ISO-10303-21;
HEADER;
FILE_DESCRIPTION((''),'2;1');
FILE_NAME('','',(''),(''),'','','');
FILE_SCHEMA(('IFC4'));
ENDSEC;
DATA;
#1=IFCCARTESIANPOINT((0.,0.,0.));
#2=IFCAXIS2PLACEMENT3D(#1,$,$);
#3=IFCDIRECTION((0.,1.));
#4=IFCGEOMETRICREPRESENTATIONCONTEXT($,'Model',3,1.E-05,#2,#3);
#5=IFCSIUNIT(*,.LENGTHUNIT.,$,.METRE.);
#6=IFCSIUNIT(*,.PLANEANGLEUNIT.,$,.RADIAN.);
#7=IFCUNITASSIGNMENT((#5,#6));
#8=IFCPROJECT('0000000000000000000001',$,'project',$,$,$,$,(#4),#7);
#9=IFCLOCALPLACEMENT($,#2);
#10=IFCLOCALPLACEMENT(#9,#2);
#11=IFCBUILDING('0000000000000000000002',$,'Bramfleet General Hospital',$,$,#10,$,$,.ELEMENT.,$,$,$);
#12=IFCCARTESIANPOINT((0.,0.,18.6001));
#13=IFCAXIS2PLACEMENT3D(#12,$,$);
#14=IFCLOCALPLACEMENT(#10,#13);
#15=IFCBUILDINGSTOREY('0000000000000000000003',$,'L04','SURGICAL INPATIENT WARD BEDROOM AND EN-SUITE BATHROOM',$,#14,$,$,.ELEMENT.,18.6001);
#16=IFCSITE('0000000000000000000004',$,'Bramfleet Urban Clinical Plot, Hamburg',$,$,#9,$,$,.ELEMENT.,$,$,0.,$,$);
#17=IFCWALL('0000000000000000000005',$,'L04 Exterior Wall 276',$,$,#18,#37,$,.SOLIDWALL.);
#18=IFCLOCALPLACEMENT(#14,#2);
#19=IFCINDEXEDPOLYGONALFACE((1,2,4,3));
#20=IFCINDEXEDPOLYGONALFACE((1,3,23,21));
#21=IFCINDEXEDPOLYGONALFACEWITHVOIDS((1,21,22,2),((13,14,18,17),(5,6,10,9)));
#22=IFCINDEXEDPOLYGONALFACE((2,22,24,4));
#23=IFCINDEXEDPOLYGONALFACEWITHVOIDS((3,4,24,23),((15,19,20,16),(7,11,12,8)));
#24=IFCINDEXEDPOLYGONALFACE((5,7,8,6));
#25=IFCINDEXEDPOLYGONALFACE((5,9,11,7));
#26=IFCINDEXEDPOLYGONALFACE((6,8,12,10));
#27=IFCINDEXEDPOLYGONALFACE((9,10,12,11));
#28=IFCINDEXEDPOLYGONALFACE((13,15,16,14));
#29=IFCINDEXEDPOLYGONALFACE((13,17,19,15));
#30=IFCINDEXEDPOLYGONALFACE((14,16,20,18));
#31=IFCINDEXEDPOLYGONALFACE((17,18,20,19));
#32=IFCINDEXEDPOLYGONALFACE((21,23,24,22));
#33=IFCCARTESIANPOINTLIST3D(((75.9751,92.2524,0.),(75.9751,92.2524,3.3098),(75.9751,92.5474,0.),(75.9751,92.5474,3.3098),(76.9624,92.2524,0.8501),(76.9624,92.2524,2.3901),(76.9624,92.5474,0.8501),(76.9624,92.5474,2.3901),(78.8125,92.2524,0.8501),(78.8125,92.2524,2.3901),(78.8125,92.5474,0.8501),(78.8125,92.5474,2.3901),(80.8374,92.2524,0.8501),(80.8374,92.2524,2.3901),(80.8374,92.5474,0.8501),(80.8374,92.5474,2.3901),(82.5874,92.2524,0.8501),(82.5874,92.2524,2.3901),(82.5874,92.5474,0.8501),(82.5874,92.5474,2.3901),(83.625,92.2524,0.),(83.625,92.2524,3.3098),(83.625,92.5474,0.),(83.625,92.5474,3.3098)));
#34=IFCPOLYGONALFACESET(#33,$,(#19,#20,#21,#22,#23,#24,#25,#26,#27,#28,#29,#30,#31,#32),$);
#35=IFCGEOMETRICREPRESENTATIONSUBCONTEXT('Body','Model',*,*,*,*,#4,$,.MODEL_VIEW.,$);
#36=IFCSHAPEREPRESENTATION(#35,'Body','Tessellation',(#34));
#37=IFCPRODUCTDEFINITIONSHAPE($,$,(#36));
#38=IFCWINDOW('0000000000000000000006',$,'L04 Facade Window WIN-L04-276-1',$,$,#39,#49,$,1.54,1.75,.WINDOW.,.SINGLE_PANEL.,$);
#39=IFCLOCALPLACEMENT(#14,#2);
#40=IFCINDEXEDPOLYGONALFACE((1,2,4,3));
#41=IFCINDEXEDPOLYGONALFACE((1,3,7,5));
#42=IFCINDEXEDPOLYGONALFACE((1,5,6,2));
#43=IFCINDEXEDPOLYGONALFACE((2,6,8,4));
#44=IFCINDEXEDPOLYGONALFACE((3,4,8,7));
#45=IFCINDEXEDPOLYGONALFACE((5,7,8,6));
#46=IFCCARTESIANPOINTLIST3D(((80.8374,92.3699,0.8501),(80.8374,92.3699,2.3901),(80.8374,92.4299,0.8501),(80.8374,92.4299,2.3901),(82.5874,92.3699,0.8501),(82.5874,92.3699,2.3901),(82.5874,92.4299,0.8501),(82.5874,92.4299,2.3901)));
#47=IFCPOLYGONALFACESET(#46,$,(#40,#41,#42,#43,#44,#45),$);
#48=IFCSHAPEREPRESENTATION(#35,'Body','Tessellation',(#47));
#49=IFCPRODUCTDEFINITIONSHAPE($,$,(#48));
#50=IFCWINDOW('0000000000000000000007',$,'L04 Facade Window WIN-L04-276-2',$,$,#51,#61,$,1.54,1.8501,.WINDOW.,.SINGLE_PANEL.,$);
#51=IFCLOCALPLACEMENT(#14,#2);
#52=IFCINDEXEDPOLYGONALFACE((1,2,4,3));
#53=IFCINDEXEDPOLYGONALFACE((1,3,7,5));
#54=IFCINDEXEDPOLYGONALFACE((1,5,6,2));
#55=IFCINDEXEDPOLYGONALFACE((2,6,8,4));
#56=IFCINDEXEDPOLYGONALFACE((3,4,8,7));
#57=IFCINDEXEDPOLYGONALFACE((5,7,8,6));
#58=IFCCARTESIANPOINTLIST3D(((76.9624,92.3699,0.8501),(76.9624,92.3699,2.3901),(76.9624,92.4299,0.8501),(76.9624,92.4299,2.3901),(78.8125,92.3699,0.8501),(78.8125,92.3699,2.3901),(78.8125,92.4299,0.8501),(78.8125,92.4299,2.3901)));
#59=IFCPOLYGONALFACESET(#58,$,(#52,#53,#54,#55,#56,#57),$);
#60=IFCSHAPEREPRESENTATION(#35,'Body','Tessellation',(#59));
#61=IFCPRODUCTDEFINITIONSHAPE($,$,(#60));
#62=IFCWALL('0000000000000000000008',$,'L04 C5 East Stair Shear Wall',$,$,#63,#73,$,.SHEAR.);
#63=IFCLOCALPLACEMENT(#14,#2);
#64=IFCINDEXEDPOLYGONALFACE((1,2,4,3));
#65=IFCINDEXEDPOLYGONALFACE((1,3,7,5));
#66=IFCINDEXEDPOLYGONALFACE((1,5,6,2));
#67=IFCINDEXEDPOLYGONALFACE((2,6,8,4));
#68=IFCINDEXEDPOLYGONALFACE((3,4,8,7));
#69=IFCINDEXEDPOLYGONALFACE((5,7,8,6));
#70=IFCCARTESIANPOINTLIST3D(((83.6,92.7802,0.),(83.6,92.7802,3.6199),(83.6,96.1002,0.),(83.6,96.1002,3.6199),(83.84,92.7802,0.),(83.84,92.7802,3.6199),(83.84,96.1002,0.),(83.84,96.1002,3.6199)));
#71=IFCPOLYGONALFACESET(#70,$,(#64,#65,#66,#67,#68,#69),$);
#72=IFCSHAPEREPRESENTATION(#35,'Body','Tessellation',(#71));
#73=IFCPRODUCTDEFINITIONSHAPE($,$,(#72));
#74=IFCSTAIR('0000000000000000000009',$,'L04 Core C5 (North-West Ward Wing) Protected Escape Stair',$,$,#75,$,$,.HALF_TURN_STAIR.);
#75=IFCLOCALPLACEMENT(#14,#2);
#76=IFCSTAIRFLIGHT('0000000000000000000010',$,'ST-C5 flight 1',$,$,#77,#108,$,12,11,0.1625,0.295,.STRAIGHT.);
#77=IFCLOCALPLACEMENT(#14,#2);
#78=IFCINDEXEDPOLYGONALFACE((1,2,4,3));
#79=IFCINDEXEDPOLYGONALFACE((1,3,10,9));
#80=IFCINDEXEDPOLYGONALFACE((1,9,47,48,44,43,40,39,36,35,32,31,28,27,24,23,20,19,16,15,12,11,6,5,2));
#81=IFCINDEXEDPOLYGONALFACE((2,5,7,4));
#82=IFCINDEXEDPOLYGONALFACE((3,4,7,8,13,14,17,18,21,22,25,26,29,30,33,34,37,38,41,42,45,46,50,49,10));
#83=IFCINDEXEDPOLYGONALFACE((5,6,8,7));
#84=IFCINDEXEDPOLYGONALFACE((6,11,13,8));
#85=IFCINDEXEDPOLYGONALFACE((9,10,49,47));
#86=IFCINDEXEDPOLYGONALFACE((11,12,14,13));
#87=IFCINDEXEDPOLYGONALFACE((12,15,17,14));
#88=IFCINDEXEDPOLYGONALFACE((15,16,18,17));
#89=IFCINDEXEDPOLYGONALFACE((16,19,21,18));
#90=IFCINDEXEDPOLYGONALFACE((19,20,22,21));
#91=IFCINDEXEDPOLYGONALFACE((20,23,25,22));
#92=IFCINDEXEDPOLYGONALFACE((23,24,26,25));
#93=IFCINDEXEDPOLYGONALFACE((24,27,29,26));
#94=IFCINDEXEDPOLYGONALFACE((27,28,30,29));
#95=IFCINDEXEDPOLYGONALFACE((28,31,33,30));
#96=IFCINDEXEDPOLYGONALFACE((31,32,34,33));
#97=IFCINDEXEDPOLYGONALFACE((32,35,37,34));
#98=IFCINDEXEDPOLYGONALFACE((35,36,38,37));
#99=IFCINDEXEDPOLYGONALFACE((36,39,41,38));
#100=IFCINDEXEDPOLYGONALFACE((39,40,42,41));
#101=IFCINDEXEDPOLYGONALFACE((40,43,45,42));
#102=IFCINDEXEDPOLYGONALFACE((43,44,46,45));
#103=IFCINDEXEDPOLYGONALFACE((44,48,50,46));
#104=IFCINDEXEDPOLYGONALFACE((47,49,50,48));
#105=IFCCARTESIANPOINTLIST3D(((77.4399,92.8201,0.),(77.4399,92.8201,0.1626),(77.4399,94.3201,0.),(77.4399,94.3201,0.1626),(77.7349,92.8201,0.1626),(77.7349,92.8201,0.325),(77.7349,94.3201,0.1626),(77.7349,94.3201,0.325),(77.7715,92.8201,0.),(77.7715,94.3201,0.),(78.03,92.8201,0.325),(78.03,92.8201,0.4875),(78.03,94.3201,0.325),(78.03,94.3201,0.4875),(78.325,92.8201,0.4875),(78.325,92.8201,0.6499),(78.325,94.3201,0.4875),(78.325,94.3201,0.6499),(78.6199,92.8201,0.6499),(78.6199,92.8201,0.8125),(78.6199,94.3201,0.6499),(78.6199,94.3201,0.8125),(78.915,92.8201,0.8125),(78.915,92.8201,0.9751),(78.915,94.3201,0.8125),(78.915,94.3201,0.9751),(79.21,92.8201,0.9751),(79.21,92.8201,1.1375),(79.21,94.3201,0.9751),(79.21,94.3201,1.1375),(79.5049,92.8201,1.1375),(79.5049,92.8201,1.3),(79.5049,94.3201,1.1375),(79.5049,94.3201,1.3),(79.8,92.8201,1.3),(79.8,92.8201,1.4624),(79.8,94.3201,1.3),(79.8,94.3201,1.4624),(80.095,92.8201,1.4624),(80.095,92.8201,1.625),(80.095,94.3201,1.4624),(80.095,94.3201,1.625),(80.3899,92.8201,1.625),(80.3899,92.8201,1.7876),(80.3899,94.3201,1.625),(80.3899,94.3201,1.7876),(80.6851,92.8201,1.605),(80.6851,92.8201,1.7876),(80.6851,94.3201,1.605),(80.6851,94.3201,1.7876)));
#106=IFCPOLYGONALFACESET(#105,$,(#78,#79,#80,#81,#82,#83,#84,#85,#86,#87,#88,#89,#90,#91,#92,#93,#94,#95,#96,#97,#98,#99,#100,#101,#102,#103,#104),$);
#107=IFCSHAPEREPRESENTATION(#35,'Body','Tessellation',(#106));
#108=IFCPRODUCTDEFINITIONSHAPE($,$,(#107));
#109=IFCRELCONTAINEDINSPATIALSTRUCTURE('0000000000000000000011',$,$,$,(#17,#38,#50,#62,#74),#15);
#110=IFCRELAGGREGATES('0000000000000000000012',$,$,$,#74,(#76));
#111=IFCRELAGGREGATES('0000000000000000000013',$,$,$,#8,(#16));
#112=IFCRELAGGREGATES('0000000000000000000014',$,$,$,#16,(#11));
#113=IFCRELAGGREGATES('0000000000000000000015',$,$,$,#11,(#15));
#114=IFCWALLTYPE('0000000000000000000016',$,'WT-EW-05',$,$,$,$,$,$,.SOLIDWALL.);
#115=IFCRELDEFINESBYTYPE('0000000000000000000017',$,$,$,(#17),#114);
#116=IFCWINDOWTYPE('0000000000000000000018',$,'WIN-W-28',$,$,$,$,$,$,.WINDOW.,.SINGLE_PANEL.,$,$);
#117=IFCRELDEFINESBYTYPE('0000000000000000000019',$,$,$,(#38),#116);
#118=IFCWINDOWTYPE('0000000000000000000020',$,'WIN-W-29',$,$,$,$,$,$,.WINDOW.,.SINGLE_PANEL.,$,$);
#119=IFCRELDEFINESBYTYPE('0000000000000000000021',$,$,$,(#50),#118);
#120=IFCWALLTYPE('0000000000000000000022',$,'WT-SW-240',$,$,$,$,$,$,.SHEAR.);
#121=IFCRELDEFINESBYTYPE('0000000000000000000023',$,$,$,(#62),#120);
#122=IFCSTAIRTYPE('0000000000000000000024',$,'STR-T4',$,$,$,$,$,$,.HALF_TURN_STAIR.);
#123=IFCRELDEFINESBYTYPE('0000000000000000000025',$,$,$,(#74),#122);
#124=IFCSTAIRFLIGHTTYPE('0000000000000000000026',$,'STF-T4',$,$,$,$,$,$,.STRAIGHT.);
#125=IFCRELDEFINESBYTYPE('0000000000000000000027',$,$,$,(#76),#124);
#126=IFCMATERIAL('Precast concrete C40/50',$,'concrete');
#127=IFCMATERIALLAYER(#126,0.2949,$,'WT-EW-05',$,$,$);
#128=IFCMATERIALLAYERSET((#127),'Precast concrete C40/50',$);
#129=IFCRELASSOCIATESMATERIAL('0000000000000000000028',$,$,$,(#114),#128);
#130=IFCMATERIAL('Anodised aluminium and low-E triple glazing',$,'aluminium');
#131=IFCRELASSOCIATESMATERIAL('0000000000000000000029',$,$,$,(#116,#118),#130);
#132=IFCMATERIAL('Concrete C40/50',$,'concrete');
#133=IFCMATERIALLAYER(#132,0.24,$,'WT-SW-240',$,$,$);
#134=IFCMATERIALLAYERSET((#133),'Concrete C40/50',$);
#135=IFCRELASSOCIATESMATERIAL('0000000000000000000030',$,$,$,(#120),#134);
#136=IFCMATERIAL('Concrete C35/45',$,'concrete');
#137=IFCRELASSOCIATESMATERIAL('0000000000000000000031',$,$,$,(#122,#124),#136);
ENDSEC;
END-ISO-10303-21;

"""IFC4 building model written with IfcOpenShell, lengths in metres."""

from ifc_helpers import new_model, si_unit, direction, frame, frame_2d, origin, place, context, subcontext, project, spatial, polyline, rectangle, outline, extrude, material, layer, layer_set, type_object, element, fill, aggregate, save


model = new_model("IFC4")

# Units and contexts
model_context = context("Model", 3, precision=1e-05, world=origin(), true_north=direction((0.0, 1.0)))
body_context = subcontext(model_context, "Body", "Model", "MODEL_VIEW")
ifc_project = project(units=[si_unit("LENGTHUNIT", "METRE"), si_unit("PLANEANGLEUNIT", "RADIAN")], contexts=[model_context])

# Site, building, storey
site_placement = place(None, origin())
site = spatial("IfcSite", under=ifc_project, at=site_placement, Name="Bramfleet Urban Clinical Plot, Hamburg", CompositionType="ELEMENT", RefElevation=0.0)
building_placement = place(site_placement, origin())
building = spatial("IfcBuilding", under=site, at=building_placement, Name="Bramfleet General Hospital", CompositionType="ELEMENT")
storey_placement = place(building_placement, frame((0.0, 0.0, 18.6001)))
storey = spatial("IfcBuildingStorey", under=building, at=storey_placement, Name="L04", Description="SURGICAL INPATIENT WARD BEDROOM AND EN-SUITE BATHROOM", CompositionType="ELEMENT", Elevation=18.6001)

# Shared definitions
ifc_material_1 = material(Name="Concrete C40/50", Category="concrete")

# Shared definitions
ifc_material_2 = material(Name="Concrete C35/45", Category="concrete")

# Shared definitions
ifc_material_3 = material(Name="Anodised aluminium and low-E triple glazing", Category="aluminium")

# Wall, openings, windows
ifc_material_4 = material(Name="Precast concrete C40/50", Category="concrete")
ifc_layer_1 = layer(ifc_material_4, 0.2949, Name="WT-EW-05")
ifc_layer_set_1 = layer_set([ifc_layer_1], Name="Precast concrete C40/50")
wall_type_1 = type_object("IfcWallType", Name="WT-EW-05", PredefinedType="SOLIDWALL", material=ifc_layer_set_1)
wall_1_placement = place(storey_placement, frame((83.625, 92.3999, 0.0), z_axis=(0.0, 0.0, 1.0), x_axis=(-1.0, 0.0, 0.0)))
wall_1 = element("IfcWall", 1, at=wall_1_placement, inside=storey, type_object=wall_type_1, Name="L04 Exterior Wall 276", PredefinedType="SOLIDWALL", context=body_context, shape_type="SweptSolid", body=[
    extrude(rectangle(XDim=7.6499, YDim=0.2949, at=frame_2d((3.825, 0.0))), origin(), (0.0, 0.0, 1.0), 3.3098),
])
opening_1_placement = place(wall_1_placement, frame((1.0376, 0.0, 0.8501)))
opening_1 = element("IfcOpeningElement", 2, at=opening_1_placement, cuts=wall_1, PredefinedType="OPENING", context=body_context, shape_type="SweptSolid", body=[
    extrude(rectangle(XDim=1.75, YDim=1.54, at=frame_2d((0.875, 0.77))), frame((0.0, 0.1575, 0.0), z_axis=(0.0, -1.0, 0.0), x_axis=(1.0, 0.0, 0.0)), (0.0, 0.0, 1.0), 0.3149),
])
opening_2_placement = place(wall_1_placement, frame((4.8125, 0.0, 0.8501)))
opening_2 = element("IfcOpeningElement", 3, at=opening_2_placement, cuts=wall_1, PredefinedType="OPENING", context=body_context, shape_type="SweptSolid", body=[
    extrude(rectangle(XDim=1.8501, YDim=1.54, at=frame_2d((0.925, 0.77))), frame((0.0, 0.1575, 0.0), z_axis=(0.0, -1.0, 0.0), x_axis=(1.0, 0.0, 0.0)), (0.0, 0.0, 1.0), 0.3149),
])
window_type_1 = type_object("IfcWindowType", Name="WIN-W-28", PartitioningType="SINGLE_PANEL", PredefinedType="WINDOW", material=ifc_material_3)
window_1_placement = place(opening_1_placement, origin())
window_1 = element("IfcWindow", 4, at=window_1_placement, inside=storey, type_object=window_type_1, Name="L04 Facade Window WIN-L04-276-1", OverallHeight=1.54, OverallWidth=1.75, PartitioningType="SINGLE_PANEL", PredefinedType="WINDOW", context=body_context, shape_type="SweptSolid", body=[
    extrude(rectangle(XDim=1.75, YDim=1.54, at=frame_2d((0.875, 0.77))), frame((0.0, 0.03, 0.0), z_axis=(0.0, -1.0, 0.0), x_axis=(1.0, 0.0, 0.0)), (0.0, 0.0, 1.0), 0.0601),
])
fill(opening_1, window_1)
window_type_2 = type_object("IfcWindowType", Name="WIN-W-29", PartitioningType="SINGLE_PANEL", PredefinedType="WINDOW", material=ifc_material_3)
window_2_placement = place(opening_2_placement, origin())
window_2 = element("IfcWindow", 5, at=window_2_placement, inside=storey, type_object=window_type_2, Name="L04 Facade Window WIN-L04-276-2", OverallHeight=1.54, OverallWidth=1.8501, PartitioningType="SINGLE_PANEL", PredefinedType="WINDOW", context=body_context, shape_type="SweptSolid", body=[
    extrude(rectangle(XDim=1.8501, YDim=1.54, at=frame_2d((0.925, 0.77))), frame((0.0, 0.03, 0.0), z_axis=(0.0, -1.0, 0.0), x_axis=(1.0, 0.0, 0.0)), (0.0, 0.0, 1.0), 0.0601),
])
fill(opening_2, window_2)

# Wall
ifc_layer_2 = layer(ifc_material_1, 0.24, Name="WT-SW-240")
ifc_layer_set_2 = layer_set([ifc_layer_2], Name="Concrete C40/50")
wall_type_2 = type_object("IfcWallType", Name="WT-SW-240", PredefinedType="SHEAR", material=ifc_layer_set_2)
wall_2_placement = place(storey_placement, frame((83.72, 92.78, 0.0), z_axis=(0.0, 0.0, 1.0), x_axis=(0.0, 1.0, 0.0)))
element("IfcWall", 6, at=wall_2_placement, inside=storey, type_object=wall_type_2, Name="L04 C5 East Stair Shear Wall", PredefinedType="SHEAR", context=body_context, shape_type="SweptSolid", body=[
    extrude(rectangle(XDim=3.3201, YDim=0.24, at=frame_2d((1.6602, 0.0))), origin(), (0.0, 0.0, 1.0), 3.6199),
])

# Stair, stair flight
stair_type = type_object("IfcStairType", Name="STR-T4", PredefinedType="HALF_TURN_STAIR", material=ifc_material_2)
stair_placement = place(storey_placement, origin())
stair = element("IfcStair", 7, at=stair_placement, inside=storey, type_object=stair_type, Name="L04 Core C5 (North-West Ward Wing) Protected Escape Stair", PredefinedType="HALF_TURN_STAIR")
stair_flight_type = type_object("IfcStairFlightType", Name="STF-T4", PredefinedType="STRAIGHT", material=ifc_material_2)
stair_flight_placement = place(storey_placement, frame((77.4399, 93.5701, 0.0), z_axis=(0.0, 0.0, 1.0), x_axis=(1.0, 0.0, 0.0)))
stair_flight = element("IfcStairFlight", 8, at=stair_flight_placement, type_object=stair_flight_type, Name="ST-C5 flight 1", NumberOfRisers=12, NumberOfTreads=11, PredefinedType="STRAIGHT", RiserHeight=0.1625, TreadLength=0.295, context=body_context, shape_type="SweptSolid", body=[
    extrude(outline(polyline([(0.0, 0.0), (0.0, 0.1626), (0.2949, 0.1626), (0.2949, 0.325), (0.5901, 0.325), (0.5901, 0.4875), (0.885, 0.4875), (0.885, 0.6499), (1.1799, 0.6499), (1.1799, 0.8125), (1.4751, 0.8125), (1.4751, 0.9751), (1.77, 0.9751), (1.77, 1.1375), (2.0649, 1.1375), (2.0649, 1.3), (2.3601, 1.3), (2.3601, 1.4624), (2.655, 1.4624), (2.655, 1.625), (2.95, 1.625), (2.95, 1.7876), (3.2451, 1.7876), (3.2451, 1.95), (3.2451, 1.605), (0.3315, 0.0), (0.0, 0.0)])), frame((0.0, 0.75, 0.0), z_axis=(0.0, -1.0, 0.0), x_axis=(1.0, 0.0, 0.0)), (0.0, 0.0, 1.0), 1.5),
])
aggregate(stair, [stair_flight])

save(model, "model.ifc")
